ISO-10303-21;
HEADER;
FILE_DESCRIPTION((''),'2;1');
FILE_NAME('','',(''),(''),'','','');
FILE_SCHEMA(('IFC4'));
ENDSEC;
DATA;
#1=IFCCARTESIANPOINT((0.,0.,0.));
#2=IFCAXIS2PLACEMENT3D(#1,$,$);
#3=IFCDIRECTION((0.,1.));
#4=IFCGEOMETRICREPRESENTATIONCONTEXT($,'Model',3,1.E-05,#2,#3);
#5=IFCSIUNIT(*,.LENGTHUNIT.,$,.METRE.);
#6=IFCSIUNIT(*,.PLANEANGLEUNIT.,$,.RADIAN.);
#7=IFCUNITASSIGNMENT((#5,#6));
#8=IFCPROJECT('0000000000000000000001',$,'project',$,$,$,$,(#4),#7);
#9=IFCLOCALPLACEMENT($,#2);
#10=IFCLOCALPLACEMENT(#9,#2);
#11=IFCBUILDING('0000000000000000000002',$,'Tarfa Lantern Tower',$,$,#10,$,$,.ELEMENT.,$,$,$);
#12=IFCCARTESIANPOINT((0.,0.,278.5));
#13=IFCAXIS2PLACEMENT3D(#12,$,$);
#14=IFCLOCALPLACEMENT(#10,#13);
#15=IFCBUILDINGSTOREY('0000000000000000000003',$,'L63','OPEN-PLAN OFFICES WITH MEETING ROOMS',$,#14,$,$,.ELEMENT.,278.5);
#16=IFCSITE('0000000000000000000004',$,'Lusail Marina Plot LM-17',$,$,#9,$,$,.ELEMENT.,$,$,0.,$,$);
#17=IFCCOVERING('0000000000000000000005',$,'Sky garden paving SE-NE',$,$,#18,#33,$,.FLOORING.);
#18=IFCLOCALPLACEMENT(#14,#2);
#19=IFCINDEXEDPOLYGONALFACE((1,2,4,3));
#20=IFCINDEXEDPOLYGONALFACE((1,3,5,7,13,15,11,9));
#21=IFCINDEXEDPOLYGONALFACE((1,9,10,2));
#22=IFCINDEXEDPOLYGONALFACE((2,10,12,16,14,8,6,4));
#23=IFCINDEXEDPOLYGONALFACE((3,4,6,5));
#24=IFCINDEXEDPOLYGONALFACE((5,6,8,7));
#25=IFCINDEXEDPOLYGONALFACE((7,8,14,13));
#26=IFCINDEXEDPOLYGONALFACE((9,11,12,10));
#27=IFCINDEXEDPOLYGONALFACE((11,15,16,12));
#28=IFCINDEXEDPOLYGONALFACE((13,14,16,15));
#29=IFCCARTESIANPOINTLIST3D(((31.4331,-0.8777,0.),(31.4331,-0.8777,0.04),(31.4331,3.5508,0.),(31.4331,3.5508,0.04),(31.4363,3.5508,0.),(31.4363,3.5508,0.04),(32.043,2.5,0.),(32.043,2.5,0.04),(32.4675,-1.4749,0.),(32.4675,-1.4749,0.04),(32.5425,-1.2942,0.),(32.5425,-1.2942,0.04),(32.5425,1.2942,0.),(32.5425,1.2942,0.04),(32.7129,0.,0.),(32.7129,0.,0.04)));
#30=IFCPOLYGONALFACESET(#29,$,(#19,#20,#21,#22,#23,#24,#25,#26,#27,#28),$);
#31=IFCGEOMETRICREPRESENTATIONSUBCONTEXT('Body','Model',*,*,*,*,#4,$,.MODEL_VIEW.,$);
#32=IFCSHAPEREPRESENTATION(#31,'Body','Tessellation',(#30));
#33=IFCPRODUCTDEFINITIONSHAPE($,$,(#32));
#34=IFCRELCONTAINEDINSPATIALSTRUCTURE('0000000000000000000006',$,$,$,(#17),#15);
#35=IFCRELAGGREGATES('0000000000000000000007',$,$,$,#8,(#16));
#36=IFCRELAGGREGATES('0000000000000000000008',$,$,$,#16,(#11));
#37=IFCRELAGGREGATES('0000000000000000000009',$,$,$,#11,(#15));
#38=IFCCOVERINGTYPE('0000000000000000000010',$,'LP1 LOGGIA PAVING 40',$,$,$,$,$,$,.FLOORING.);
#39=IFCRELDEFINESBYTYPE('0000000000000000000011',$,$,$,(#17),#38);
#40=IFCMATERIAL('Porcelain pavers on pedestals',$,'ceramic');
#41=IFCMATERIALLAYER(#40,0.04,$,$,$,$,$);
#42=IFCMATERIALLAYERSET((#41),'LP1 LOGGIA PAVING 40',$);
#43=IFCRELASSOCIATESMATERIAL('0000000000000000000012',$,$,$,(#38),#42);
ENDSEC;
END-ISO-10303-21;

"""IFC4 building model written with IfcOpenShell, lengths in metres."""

from ifc_helpers import new_model, si_unit, direction, frame, origin, place, context, subcontext, project, spatial, polyline, outline, extrude, material, layer, layer_set, type_object, element, save


model = new_model("IFC4")

# Units and contexts
model_context = context("Model", 3, precision=1e-05, world=origin(), true_north=direction((0.0, 1.0)))
body_context = subcontext(model_context, "Body", "Model", "MODEL_VIEW")
ifc_project = project(units=[si_unit("LENGTHUNIT", "METRE"), si_unit("PLANEANGLEUNIT", "RADIAN")], contexts=[model_context])

# Site, building, storey
site_placement = place(None, origin())
site = spatial("IfcSite", under=ifc_project, at=site_placement, Name="Lusail Marina Plot LM-17", CompositionType="ELEMENT", RefElevation=0.0)
building_placement = place(site_placement, origin())
building = spatial("IfcBuilding", under=site, at=building_placement, Name="Tarfa Lantern Tower", CompositionType="ELEMENT")
storey_placement = place(building_placement, frame((0.0, 0.0, 278.5)))
storey = spatial("IfcBuildingStorey", under=building, at=storey_placement, Name="L63", Description="OPEN-PLAN OFFICES WITH MEETING ROOMS", CompositionType="ELEMENT", Elevation=278.5)

# Covering
ifc_material_1 = material(Name="Porcelain pavers on pedestals", Category="ceramic")
ifc_layer_1 = layer(ifc_material_1, 0.04)
ifc_layer_set_1 = layer_set([ifc_layer_1], Name="LP1 LOGGIA PAVING 40")
covering_type = type_object("IfcCoveringType", Name="LP1 LOGGIA PAVING 40", PredefinedType="FLOORING", material=ifc_layer_set_1)
covering_1_placement = place(storey_placement, origin())
element("IfcCovering", 1, at=covering_1_placement, inside=storey, type_object=covering_type, Name="Sky garden paving SE-NE", PredefinedType="FLOORING", context=body_context, shape_type="SweptSolid", body=[
    extrude(outline(polyline([(32.5425, 1.2942), (32.7129, 0.0), (32.5425, -1.2942), (32.4675, -1.4749), (31.4331, -0.8777), (31.4331, 3.5508), (31.4363, 3.5508), (32.043, 2.5), (32.5425, 1.2942)])), origin(), (0.0, 0.0, 1.0), 0.04),
])

save(model, "model.ifc")
